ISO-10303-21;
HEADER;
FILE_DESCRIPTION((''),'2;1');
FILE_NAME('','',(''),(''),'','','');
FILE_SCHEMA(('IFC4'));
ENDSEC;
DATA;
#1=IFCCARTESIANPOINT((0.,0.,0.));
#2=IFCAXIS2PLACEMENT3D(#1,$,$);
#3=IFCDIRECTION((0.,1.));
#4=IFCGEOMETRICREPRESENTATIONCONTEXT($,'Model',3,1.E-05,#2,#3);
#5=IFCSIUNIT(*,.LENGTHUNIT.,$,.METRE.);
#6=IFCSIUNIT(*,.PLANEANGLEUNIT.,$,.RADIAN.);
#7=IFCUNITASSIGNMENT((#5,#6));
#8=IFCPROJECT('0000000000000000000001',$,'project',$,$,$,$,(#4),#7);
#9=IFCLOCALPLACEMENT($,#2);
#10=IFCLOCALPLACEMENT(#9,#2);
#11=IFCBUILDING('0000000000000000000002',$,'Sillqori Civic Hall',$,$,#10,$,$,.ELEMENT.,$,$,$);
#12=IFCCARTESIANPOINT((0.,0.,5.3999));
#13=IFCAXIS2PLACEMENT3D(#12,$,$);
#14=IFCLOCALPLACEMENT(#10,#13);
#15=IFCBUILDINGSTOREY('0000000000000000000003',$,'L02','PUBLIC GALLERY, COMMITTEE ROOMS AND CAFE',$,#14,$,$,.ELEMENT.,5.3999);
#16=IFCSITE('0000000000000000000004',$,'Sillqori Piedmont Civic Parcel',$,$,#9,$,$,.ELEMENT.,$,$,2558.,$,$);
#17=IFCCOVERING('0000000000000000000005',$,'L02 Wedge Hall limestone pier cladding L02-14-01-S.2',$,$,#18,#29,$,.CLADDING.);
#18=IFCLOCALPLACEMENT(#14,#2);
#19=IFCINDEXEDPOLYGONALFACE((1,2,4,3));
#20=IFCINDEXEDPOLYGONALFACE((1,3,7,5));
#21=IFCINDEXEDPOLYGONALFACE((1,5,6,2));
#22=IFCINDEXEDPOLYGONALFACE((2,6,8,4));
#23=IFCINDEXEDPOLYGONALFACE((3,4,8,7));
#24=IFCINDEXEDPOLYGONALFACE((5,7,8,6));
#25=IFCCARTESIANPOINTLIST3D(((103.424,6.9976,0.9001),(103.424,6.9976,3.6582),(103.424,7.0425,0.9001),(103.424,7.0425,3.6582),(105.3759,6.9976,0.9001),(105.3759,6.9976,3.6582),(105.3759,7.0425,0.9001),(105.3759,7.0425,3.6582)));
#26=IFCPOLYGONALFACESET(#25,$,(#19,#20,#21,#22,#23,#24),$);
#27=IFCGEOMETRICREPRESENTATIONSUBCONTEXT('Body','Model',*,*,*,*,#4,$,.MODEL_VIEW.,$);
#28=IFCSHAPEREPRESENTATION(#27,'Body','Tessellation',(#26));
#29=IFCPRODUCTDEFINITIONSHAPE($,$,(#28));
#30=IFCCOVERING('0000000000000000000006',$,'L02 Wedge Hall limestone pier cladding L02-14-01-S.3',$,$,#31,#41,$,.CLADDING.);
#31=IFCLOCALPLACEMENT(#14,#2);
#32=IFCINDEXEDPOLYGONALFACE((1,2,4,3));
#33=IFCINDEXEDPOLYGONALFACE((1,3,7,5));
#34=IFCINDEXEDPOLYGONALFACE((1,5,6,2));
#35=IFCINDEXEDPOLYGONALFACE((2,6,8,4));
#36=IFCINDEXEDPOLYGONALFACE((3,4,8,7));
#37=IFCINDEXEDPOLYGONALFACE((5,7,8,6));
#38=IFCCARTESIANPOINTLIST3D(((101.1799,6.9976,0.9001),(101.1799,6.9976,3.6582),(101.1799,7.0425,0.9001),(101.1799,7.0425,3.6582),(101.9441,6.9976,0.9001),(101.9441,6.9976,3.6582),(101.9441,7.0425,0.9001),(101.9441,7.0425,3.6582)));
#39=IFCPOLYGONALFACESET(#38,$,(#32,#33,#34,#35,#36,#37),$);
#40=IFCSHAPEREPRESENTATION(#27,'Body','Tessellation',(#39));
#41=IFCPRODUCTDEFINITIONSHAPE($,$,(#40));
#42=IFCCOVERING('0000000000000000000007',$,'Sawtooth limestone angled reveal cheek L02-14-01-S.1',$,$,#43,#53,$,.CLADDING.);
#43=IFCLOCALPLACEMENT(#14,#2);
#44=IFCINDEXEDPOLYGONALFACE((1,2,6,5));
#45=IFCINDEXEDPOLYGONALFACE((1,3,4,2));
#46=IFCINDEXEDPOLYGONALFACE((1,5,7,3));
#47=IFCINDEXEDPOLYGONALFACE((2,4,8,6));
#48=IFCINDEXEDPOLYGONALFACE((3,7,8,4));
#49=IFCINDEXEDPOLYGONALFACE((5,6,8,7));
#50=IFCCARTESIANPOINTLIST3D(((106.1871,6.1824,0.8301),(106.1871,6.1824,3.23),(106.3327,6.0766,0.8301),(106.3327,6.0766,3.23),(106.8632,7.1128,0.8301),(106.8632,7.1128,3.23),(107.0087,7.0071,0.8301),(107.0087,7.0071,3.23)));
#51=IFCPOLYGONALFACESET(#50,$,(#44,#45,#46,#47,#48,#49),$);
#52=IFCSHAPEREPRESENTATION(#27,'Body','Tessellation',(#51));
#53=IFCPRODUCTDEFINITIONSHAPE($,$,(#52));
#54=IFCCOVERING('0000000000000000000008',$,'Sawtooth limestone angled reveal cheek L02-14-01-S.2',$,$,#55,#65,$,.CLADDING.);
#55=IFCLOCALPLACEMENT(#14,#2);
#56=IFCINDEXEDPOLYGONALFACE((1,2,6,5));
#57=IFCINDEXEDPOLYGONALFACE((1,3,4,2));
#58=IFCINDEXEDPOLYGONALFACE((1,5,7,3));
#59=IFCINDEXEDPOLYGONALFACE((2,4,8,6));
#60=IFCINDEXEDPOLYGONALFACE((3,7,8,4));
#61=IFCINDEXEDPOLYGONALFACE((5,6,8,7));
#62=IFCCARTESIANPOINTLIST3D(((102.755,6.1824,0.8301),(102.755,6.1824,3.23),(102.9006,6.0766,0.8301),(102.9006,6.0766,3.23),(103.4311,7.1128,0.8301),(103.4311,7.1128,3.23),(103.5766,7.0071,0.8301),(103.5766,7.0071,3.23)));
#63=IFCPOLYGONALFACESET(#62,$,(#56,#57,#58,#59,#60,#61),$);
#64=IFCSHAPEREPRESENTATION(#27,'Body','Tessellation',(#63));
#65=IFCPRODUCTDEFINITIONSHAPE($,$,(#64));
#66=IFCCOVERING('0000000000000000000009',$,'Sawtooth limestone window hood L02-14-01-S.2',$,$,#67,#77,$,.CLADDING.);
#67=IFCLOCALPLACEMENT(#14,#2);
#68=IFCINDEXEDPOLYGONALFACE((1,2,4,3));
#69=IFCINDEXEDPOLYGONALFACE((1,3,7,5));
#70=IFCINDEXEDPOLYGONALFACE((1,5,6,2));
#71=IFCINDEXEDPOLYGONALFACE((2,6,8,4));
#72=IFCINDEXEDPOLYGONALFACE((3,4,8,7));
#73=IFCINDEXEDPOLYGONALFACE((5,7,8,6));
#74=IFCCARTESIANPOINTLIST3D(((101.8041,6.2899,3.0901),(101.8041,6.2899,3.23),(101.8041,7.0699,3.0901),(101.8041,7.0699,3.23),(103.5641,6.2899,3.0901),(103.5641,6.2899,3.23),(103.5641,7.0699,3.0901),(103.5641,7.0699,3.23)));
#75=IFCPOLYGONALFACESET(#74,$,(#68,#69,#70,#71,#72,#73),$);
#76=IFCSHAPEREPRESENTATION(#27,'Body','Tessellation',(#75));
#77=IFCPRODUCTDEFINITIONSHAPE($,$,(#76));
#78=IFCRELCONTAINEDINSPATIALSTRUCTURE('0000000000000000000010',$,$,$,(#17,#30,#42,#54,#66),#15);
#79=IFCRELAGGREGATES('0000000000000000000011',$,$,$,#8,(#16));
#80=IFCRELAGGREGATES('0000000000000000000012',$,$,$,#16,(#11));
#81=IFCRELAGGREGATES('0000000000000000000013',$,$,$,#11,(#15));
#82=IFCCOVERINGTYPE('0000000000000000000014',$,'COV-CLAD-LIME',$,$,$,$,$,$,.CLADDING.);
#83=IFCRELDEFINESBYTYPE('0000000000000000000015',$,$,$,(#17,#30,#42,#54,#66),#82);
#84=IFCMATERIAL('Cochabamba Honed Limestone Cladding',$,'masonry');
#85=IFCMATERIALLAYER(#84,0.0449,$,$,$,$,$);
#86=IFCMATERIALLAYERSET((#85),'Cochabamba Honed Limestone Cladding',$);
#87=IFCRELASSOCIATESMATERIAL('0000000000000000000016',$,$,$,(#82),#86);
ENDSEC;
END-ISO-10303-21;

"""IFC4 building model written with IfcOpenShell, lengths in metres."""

from ifc_helpers import new_model, si_unit, direction, frame, frame_2d, origin, place, context, subcontext, project, spatial, rectangle, extrude, material, layer, layer_set, type_object, element, save


model = new_model("IFC4")

# Units and contexts
model_context = context("Model", 3, precision=1e-05, world=origin(), true_north=direction((0.0, 1.0)))
body_context = subcontext(model_context, "Body", "Model", "MODEL_VIEW")
ifc_project = project(units=[si_unit("LENGTHUNIT", "METRE"), si_unit("PLANEANGLEUNIT", "RADIAN")], contexts=[model_context])

# Site, building, storey
site_placement = place(None, origin())
site = spatial("IfcSite", under=ifc_project, at=site_placement, Name="Sillqori Piedmont Civic Parcel", CompositionType="ELEMENT", RefElevation=2558.0)
building_placement = place(site_placement, origin())
building = spatial("IfcBuilding", under=site, at=building_placement, Name="Sillqori Civic Hall", CompositionType="ELEMENT")
storey_placement = place(building_placement, frame((0.0, 0.0, 5.3999)))
storey = spatial("IfcBuildingStorey", under=building, at=storey_placement, Name="L02", Description="PUBLIC GALLERY, COMMITTEE ROOMS AND CAFE", CompositionType="ELEMENT", Elevation=5.3999)

# Coverings
ifc_material_1 = material(Name="Cochabamba Honed Limestone Cladding", Category="masonry")
ifc_layer_1 = layer(ifc_material_1, 0.0449)
ifc_layer_set_1 = layer_set([ifc_layer_1], Name="Cochabamba Honed Limestone Cladding")
covering_type = type_object("IfcCoveringType", Name="COV-CLAD-LIME", PredefinedType="CLADDING", material=ifc_layer_set_1)
covering_1_placement = place(storey_placement, frame((105.376, 7.02, 0.9001), z_axis=(0.0, 0.0, 1.0), x_axis=(-1.0, 0.0, 0.0)))
element("IfcCovering", 1, at=covering_1_placement, inside=storey, type_object=covering_type, Name="L02 Wedge Hall limestone pier cladding L02-14-01-S.2", PredefinedType="CLADDING", context=body_context, shape_type="SweptSolid", body=[
    extrude(rectangle(XDim=1.9519, YDim=0.0449, at=frame_2d((0.9761, 0.0))), origin(), (0.0, 0.0, 1.0), 2.7581),
])
covering_2_placement = place(storey_placement, frame((101.9441, 7.02, 0.9001), z_axis=(0.0, 0.0, 1.0), x_axis=(-1.0, 0.0, 0.0)))
element("IfcCovering", 2, at=covering_2_placement, inside=storey, type_object=covering_type, Name="L02 Wedge Hall limestone pier cladding L02-14-01-S.3", PredefinedType="CLADDING", context=body_context, shape_type="SweptSolid", body=[
    extrude(rectangle(XDim=0.7642, YDim=0.0449, at=frame_2d((0.3821, 0.0))), origin(), (0.0, 0.0, 1.0), 2.7581),
])
for number, where, z_axis, x_axis, name in (
    (3, (106.936, 7.0601, 0.8301), (0.0, 0.0, 1.0), (-0.587806, -0.809002, 0.0), "Sawtooth limestone angled reveal cheek L02-14-01-S.1"),
    (4, (103.5039, 7.0601, 0.8301), (0.0, 0.0, 1.0), (-0.587806, -0.809002, 0.0), "Sawtooth limestone angled reveal cheek L02-14-01-S.2"),
):
    element("IfcCovering", number, at=place(storey_placement, frame(where, z_axis=z_axis, x_axis=x_axis)), inside=storey, type_object=covering_type, Name=name, PredefinedType="CLADDING", context=body_context, shape_type="SweptSolid", body=[
        extrude(rectangle(XDim=1.1501, YDim=0.1799, at=frame_2d((0.5752, 0.0))), origin(), (0.0, 0.0, 1.0), 2.3999),
    ])
covering_3_placement = place(storey_placement, frame((103.564, 6.6799, 3.0901), z_axis=(0.0, 0.0, 1.0), x_axis=(-1.0, 0.0, 0.0)))
element("IfcCovering", 5, at=covering_3_placement, inside=storey, type_object=covering_type, Name="Sawtooth limestone window hood L02-14-01-S.2", PredefinedType="CLADDING", context=body_context, shape_type="SweptSolid", body=[
    extrude(rectangle(XDim=1.76, YDim=0.78, at=frame_2d((0.8799, 0.0))), origin(), (0.0, 0.0, 1.0), 0.1399),
])

save(model, "model.ifc")
